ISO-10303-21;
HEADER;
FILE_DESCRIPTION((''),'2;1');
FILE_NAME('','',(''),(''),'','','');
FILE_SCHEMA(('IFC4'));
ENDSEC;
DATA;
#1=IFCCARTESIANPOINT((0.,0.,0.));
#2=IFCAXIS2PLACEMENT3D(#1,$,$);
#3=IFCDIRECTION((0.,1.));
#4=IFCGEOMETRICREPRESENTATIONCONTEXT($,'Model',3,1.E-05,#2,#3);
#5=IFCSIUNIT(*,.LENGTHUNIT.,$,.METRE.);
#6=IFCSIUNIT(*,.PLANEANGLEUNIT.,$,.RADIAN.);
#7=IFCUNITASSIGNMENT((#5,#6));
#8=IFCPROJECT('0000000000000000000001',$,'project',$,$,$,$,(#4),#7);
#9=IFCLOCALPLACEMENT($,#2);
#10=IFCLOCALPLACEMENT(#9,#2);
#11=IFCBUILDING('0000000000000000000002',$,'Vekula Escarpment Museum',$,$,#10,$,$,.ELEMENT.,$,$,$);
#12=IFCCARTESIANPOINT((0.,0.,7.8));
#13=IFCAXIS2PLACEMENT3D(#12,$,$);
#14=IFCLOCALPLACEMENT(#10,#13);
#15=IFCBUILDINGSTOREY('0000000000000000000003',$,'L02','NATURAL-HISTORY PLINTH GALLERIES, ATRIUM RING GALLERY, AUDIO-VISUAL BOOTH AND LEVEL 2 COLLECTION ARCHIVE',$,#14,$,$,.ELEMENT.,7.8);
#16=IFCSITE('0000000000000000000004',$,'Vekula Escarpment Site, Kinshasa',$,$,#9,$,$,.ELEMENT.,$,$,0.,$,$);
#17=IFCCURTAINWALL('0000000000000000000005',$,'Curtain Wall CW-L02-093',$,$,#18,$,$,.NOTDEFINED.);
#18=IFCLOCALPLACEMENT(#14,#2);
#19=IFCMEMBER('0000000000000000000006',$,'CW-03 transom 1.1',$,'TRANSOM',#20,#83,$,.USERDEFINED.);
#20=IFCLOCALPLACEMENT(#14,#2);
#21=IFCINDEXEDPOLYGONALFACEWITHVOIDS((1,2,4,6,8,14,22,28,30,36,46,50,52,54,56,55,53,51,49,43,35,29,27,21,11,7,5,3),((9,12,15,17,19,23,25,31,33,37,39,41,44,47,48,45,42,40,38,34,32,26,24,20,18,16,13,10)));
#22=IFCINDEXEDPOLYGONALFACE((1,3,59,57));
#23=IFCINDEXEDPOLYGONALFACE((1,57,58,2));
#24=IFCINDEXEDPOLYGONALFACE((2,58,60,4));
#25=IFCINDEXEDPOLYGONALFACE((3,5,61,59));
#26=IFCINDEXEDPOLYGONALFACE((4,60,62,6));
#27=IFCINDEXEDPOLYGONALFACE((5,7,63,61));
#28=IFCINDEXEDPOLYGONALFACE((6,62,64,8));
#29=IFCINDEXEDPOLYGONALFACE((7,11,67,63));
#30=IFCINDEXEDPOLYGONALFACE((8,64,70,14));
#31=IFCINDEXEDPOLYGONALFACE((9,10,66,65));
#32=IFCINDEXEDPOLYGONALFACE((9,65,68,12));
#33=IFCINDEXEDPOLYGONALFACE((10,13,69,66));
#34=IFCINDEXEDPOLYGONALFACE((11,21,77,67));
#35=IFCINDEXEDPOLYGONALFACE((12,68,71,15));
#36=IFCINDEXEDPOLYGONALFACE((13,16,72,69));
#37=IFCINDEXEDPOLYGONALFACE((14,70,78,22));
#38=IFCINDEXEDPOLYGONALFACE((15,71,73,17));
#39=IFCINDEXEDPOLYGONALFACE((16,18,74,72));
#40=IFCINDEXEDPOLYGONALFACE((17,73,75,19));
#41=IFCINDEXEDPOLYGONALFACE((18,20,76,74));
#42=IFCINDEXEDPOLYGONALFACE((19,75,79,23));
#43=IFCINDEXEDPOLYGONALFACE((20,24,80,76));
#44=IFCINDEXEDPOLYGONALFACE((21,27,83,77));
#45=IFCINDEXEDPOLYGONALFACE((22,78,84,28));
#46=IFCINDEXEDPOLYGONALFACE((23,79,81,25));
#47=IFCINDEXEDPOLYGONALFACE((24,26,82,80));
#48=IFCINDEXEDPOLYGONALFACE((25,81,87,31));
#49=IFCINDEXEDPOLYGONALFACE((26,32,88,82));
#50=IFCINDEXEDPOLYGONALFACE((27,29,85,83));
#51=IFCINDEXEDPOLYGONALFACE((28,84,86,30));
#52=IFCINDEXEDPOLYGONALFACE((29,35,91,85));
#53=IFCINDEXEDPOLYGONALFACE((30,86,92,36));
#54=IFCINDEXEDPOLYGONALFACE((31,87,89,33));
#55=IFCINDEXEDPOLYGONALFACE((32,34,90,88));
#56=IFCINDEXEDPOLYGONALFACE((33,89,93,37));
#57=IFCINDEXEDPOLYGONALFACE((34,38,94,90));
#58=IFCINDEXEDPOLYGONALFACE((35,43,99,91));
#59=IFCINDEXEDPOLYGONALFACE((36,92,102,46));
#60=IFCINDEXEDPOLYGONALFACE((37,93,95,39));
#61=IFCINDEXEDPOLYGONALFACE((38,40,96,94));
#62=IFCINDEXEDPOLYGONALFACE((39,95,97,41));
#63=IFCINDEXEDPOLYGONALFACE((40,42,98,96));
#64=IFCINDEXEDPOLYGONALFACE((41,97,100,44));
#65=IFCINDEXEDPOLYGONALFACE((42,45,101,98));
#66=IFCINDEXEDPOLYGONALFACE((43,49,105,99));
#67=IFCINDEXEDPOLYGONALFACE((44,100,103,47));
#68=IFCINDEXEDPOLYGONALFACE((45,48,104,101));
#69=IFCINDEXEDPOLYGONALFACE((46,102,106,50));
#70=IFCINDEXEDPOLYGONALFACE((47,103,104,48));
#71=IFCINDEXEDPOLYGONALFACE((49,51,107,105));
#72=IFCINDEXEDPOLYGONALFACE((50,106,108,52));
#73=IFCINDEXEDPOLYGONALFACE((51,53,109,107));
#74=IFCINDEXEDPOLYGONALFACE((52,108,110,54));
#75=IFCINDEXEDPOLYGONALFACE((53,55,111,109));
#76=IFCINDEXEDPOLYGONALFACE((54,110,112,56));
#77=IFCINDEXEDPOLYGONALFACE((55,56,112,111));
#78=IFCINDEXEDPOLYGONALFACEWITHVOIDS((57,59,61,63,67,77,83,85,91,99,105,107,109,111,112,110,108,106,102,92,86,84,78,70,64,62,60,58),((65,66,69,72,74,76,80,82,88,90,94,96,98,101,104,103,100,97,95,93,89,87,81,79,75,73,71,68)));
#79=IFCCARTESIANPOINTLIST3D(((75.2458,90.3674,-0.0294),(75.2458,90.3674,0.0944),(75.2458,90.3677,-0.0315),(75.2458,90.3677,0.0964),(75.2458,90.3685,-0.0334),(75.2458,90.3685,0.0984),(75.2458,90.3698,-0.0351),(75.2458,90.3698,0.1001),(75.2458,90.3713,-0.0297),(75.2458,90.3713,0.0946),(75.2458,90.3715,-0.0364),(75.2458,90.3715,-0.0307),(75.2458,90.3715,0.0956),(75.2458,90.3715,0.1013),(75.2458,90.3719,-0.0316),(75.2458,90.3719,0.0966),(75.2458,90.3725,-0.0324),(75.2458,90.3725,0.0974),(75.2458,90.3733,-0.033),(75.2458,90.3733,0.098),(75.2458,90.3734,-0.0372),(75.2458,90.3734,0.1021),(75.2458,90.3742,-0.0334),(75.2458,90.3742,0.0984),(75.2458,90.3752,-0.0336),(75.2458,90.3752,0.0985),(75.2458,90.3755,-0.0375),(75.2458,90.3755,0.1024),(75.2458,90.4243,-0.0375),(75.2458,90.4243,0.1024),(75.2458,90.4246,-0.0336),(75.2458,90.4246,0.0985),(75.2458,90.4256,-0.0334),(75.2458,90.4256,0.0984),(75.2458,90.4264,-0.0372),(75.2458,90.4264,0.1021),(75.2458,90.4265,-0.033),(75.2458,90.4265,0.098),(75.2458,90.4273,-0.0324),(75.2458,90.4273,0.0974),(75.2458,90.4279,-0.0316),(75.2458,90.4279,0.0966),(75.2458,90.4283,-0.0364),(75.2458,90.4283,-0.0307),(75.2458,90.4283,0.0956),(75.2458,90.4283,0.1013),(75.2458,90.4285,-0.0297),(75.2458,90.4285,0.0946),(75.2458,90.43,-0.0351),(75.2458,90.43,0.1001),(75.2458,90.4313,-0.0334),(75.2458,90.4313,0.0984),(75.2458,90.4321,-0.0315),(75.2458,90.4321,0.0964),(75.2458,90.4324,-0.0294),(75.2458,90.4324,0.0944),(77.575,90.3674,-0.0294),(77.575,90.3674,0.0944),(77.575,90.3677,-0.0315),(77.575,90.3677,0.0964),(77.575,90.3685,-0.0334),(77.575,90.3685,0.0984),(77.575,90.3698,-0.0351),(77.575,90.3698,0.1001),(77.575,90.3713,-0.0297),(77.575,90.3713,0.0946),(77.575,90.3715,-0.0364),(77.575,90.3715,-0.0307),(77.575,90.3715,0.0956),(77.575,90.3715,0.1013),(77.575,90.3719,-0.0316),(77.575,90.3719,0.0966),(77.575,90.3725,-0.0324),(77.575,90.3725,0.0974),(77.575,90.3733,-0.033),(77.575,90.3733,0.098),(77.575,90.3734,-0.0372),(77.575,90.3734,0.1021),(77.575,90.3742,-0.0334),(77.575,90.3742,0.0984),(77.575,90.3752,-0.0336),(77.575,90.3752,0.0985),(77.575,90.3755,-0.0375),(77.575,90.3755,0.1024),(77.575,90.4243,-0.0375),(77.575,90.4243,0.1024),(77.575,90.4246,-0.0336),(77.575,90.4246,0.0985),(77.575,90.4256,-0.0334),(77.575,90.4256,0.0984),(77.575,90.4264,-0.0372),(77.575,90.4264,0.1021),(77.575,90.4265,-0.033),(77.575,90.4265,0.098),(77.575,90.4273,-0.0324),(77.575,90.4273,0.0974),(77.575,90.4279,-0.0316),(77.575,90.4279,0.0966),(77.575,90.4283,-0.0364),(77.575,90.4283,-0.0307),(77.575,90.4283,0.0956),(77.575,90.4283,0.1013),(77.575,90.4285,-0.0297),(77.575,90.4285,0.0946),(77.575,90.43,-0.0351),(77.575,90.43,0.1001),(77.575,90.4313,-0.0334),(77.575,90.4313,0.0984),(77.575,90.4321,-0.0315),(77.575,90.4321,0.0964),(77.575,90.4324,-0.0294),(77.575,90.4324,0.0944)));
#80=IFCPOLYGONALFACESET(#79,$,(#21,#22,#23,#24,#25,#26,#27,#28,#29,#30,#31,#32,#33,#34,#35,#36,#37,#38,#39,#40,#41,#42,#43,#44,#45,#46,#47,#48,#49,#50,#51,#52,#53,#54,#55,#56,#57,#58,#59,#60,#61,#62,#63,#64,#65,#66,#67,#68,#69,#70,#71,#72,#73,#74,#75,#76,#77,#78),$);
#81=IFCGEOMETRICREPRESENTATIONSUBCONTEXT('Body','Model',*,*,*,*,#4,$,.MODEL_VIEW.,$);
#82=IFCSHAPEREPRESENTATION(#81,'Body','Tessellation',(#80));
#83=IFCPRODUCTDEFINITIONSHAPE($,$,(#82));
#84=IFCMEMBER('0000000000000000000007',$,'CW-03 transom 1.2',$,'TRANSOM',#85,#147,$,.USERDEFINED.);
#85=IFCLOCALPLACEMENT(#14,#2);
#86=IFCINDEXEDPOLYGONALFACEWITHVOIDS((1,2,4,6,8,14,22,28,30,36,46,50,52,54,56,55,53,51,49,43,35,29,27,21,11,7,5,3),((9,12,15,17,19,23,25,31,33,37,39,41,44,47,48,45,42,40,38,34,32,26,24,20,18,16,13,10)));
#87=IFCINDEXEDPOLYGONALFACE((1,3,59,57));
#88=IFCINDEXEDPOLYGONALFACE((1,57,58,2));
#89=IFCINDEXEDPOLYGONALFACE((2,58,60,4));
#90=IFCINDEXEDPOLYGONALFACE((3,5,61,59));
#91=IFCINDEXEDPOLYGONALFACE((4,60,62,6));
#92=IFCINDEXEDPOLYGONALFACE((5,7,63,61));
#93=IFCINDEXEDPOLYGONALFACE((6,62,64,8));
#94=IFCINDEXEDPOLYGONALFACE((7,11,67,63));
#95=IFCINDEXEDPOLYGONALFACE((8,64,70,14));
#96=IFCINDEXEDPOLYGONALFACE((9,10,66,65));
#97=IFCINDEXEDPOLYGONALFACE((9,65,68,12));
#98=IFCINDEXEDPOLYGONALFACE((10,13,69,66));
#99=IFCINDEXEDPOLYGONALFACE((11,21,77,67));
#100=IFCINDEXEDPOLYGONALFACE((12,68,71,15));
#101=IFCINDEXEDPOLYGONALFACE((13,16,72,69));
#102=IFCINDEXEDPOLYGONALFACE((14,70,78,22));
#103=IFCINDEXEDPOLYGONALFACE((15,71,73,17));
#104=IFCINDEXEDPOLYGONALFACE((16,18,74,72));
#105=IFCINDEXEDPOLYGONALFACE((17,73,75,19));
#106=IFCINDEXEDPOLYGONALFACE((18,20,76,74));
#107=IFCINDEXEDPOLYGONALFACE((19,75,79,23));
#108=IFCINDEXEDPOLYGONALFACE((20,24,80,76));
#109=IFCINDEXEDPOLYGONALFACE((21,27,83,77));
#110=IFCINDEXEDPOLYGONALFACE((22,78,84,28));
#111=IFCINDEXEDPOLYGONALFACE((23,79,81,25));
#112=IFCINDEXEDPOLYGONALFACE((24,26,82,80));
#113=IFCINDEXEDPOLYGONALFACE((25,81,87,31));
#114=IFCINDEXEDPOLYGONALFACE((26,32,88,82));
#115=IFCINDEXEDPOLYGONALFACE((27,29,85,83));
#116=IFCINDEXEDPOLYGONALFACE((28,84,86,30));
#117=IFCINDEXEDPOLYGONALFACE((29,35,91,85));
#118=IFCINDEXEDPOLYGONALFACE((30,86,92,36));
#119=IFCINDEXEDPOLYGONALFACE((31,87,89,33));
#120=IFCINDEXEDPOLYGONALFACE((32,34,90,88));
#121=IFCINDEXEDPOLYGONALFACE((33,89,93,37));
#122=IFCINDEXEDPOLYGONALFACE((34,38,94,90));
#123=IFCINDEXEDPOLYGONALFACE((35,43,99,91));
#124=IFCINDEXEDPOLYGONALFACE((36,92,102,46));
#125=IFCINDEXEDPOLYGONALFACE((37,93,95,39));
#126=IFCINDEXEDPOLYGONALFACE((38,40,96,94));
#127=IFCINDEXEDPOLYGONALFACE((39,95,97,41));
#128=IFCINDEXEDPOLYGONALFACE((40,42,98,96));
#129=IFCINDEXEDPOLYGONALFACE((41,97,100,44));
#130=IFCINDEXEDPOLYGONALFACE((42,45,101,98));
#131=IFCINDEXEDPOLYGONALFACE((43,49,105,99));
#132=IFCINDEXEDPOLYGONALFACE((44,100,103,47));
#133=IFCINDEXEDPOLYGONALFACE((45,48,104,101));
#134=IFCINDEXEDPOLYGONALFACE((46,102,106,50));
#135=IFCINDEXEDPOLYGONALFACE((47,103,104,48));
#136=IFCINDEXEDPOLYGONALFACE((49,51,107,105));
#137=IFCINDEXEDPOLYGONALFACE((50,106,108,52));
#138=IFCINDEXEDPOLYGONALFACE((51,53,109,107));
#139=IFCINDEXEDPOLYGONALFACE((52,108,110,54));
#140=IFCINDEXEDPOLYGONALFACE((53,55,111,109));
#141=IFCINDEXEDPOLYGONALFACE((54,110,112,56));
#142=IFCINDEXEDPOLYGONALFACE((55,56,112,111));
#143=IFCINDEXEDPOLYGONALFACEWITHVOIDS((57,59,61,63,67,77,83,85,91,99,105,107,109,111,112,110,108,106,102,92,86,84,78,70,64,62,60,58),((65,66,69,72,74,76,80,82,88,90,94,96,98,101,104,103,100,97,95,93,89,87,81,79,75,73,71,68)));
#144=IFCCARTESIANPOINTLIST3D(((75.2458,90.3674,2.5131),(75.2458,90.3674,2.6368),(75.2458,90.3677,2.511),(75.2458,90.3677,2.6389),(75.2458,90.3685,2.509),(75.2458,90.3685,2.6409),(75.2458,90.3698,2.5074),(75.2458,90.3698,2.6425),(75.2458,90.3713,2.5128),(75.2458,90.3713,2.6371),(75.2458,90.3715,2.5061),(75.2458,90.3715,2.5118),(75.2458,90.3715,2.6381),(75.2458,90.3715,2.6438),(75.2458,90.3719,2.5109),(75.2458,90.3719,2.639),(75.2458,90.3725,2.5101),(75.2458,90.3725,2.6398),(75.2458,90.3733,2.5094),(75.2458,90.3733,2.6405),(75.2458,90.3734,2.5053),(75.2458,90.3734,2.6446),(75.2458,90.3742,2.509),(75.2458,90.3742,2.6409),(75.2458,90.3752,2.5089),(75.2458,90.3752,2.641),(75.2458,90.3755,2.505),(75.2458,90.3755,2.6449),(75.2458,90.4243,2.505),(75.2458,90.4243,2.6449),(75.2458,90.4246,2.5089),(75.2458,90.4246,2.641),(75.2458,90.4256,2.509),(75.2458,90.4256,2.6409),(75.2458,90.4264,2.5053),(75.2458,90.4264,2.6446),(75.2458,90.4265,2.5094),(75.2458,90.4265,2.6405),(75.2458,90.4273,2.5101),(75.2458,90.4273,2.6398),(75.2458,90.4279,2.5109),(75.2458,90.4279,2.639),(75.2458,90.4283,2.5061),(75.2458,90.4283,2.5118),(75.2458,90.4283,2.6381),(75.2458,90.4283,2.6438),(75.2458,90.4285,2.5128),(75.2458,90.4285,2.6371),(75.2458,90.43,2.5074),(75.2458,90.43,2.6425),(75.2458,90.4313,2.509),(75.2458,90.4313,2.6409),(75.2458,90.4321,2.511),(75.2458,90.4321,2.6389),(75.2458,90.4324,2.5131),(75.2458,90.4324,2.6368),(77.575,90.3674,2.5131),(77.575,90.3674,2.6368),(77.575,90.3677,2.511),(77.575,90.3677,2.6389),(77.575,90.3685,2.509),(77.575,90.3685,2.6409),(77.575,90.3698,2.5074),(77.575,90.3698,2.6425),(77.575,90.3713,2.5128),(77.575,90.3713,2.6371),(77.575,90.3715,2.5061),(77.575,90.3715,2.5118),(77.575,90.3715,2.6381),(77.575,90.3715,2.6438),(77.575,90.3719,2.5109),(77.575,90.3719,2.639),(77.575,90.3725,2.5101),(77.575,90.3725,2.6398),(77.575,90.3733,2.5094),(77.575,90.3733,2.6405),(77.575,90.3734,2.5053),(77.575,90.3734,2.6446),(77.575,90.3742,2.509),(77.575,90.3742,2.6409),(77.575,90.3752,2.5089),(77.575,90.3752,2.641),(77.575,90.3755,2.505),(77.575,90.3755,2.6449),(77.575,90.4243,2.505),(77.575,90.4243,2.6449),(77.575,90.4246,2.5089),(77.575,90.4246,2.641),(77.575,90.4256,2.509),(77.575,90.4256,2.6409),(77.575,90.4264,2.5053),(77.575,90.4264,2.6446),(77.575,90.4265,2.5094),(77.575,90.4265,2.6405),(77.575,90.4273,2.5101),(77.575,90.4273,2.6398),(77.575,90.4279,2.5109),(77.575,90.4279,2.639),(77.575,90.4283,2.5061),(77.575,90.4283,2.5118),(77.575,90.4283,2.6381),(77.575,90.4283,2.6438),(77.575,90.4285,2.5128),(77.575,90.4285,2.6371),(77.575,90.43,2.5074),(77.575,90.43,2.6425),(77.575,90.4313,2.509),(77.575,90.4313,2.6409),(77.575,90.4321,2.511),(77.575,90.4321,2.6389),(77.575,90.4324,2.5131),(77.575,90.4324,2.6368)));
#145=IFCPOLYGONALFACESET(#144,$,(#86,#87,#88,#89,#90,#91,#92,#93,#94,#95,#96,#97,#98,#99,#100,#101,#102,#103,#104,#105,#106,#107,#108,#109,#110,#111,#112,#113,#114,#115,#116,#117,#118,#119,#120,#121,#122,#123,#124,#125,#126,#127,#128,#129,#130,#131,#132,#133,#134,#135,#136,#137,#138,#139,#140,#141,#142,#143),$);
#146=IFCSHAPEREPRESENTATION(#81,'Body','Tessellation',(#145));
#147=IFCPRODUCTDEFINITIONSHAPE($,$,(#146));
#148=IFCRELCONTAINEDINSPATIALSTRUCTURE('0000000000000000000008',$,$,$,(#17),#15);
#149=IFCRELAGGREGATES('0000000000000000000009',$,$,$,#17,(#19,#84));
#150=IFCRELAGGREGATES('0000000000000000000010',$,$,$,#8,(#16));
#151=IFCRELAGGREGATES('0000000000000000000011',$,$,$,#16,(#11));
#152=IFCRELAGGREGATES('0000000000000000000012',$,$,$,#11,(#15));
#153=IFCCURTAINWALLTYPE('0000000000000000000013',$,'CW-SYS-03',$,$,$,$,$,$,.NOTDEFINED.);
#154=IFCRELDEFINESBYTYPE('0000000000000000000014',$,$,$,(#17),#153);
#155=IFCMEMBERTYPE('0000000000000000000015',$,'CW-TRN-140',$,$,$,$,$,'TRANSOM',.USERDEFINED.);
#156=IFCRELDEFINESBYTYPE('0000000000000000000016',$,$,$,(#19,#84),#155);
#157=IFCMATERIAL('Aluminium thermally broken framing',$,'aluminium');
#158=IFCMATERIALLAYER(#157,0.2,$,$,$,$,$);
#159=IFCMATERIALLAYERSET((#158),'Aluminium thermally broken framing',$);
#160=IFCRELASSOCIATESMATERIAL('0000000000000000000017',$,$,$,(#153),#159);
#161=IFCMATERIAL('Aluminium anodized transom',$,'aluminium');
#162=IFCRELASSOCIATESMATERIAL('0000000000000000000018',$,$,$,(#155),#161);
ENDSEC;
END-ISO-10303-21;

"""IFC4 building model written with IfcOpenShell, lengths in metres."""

from ifc_helpers import new_model, si_unit, direction, frame, origin, origin_2d, place, context, subcontext, project, spatial, hollow_rectangle, extrude, material, layer, layer_set, material_profile, profile_set, type_object, element, aggregate, save


model = new_model("IFC4")

# Units and contexts
model_context = context("Model", 3, precision=1e-05, world=origin(), true_north=direction((0.0, 1.0)))
body_context = subcontext(model_context, "Body", "Model", "MODEL_VIEW")
ifc_project = project(units=[si_unit("LENGTHUNIT", "METRE"), si_unit("PLANEANGLEUNIT", "RADIAN")], contexts=[model_context])

# Site, building, storey
site_placement = place(None, origin())
site = spatial("IfcSite", under=ifc_project, at=site_placement, Name="Vekula Escarpment Site, Kinshasa", CompositionType="ELEMENT", RefElevation=0.0)
building_placement = place(site_placement, origin())
building = spatial("IfcBuilding", under=site, at=building_placement, Name="Vekula Escarpment Museum", CompositionType="ELEMENT")
storey_placement = place(building_placement, frame((0.0, 0.0, 7.8)))
storey = spatial("IfcBuildingStorey", under=building, at=storey_placement, Name="L02", Description="NATURAL-HISTORY PLINTH GALLERIES, ATRIUM RING GALLERY, AUDIO-VISUAL BOOTH AND LEVEL 2 COLLECTION ARCHIVE", CompositionType="ELEMENT", Elevation=7.8)

# Curtain wall
ifc_material_1 = material(Name="Aluminium thermally broken framing", Category="aluminium")
ifc_layer_1 = layer(ifc_material_1, 0.2)
ifc_layer_set_1 = layer_set([ifc_layer_1], Name="Aluminium thermally broken framing")
curtain_wall_type_1 = type_object("IfcCurtainWallType", Name="CW-SYS-03", PredefinedType="NOTDEFINED", material=ifc_layer_set_1)
curtain_wall_1_placement = place(storey_placement, origin())
curtain_wall_1 = element("IfcCurtainWall", 1, at=curtain_wall_1_placement, inside=storey, type_object=curtain_wall_type_1, Name="Curtain Wall CW-L02-093", PredefinedType="NOTDEFINED")

# Members
ifc_material_2 = material(Name="Aluminium anodized transom", Category="aluminium")
ifc_material_profile_1 = material_profile(ifc_material_2, hollow_rectangle(XDim=0.0649, YDim=0.1399, WallThickness=0.0039, InnerFilletRadius=0.0039, OuterFilletRadius=0.0081, at=origin_2d()), Name="ALU 140x65x4")
ifc_profile_set_1 = profile_set([ifc_material_profile_1], Name="Aluminium anodized transom")
member_type_1 = type_object("IfcMemberType", Name="CW-TRN-140", ElementType="TRANSOM", PredefinedType="USERDEFINED", material=ifc_profile_set_1)
member_1_placement = place(storey_placement, frame((77.575, 90.3999, 0.0325), z_axis=(-1.0, 0.0, 0.0), x_axis=(0.0, -1.0, 0.0)))
member_1 = element("IfcMember", 2, at=member_1_placement, type_object=member_type_1, Name="CW-03 transom 1.1", ObjectType="TRANSOM", PredefinedType="USERDEFINED", context=body_context, shape_type="SweptSolid", body=[
    extrude(hollow_rectangle(XDim=0.0649, YDim=0.1399, WallThickness=0.0039, InnerFilletRadius=0.0039, OuterFilletRadius=0.0081, at=origin_2d()), origin(), (0.0, 0.0, 1.0), 2.3291),
])
member_2_placement = place(storey_placement, frame((77.575, 90.3999, 2.575), z_axis=(-1.0, 0.0, 0.0), x_axis=(0.0, -1.0, 0.0)))
member_2 = element("IfcMember", 3, at=member_2_placement, type_object=member_type_1, Name="CW-03 transom 1.2", ObjectType="TRANSOM", PredefinedType="USERDEFINED", context=body_context, shape_type="SweptSolid", body=[
    extrude(hollow_rectangle(XDim=0.0649, YDim=0.1399, WallThickness=0.0039, InnerFilletRadius=0.0039, OuterFilletRadius=0.0081, at=origin_2d()), origin(), (0.0, 0.0, 1.0), 2.3291),
])

aggregate(curtain_wall_1, [member_1, member_2])

save(model, "model.ifc")
